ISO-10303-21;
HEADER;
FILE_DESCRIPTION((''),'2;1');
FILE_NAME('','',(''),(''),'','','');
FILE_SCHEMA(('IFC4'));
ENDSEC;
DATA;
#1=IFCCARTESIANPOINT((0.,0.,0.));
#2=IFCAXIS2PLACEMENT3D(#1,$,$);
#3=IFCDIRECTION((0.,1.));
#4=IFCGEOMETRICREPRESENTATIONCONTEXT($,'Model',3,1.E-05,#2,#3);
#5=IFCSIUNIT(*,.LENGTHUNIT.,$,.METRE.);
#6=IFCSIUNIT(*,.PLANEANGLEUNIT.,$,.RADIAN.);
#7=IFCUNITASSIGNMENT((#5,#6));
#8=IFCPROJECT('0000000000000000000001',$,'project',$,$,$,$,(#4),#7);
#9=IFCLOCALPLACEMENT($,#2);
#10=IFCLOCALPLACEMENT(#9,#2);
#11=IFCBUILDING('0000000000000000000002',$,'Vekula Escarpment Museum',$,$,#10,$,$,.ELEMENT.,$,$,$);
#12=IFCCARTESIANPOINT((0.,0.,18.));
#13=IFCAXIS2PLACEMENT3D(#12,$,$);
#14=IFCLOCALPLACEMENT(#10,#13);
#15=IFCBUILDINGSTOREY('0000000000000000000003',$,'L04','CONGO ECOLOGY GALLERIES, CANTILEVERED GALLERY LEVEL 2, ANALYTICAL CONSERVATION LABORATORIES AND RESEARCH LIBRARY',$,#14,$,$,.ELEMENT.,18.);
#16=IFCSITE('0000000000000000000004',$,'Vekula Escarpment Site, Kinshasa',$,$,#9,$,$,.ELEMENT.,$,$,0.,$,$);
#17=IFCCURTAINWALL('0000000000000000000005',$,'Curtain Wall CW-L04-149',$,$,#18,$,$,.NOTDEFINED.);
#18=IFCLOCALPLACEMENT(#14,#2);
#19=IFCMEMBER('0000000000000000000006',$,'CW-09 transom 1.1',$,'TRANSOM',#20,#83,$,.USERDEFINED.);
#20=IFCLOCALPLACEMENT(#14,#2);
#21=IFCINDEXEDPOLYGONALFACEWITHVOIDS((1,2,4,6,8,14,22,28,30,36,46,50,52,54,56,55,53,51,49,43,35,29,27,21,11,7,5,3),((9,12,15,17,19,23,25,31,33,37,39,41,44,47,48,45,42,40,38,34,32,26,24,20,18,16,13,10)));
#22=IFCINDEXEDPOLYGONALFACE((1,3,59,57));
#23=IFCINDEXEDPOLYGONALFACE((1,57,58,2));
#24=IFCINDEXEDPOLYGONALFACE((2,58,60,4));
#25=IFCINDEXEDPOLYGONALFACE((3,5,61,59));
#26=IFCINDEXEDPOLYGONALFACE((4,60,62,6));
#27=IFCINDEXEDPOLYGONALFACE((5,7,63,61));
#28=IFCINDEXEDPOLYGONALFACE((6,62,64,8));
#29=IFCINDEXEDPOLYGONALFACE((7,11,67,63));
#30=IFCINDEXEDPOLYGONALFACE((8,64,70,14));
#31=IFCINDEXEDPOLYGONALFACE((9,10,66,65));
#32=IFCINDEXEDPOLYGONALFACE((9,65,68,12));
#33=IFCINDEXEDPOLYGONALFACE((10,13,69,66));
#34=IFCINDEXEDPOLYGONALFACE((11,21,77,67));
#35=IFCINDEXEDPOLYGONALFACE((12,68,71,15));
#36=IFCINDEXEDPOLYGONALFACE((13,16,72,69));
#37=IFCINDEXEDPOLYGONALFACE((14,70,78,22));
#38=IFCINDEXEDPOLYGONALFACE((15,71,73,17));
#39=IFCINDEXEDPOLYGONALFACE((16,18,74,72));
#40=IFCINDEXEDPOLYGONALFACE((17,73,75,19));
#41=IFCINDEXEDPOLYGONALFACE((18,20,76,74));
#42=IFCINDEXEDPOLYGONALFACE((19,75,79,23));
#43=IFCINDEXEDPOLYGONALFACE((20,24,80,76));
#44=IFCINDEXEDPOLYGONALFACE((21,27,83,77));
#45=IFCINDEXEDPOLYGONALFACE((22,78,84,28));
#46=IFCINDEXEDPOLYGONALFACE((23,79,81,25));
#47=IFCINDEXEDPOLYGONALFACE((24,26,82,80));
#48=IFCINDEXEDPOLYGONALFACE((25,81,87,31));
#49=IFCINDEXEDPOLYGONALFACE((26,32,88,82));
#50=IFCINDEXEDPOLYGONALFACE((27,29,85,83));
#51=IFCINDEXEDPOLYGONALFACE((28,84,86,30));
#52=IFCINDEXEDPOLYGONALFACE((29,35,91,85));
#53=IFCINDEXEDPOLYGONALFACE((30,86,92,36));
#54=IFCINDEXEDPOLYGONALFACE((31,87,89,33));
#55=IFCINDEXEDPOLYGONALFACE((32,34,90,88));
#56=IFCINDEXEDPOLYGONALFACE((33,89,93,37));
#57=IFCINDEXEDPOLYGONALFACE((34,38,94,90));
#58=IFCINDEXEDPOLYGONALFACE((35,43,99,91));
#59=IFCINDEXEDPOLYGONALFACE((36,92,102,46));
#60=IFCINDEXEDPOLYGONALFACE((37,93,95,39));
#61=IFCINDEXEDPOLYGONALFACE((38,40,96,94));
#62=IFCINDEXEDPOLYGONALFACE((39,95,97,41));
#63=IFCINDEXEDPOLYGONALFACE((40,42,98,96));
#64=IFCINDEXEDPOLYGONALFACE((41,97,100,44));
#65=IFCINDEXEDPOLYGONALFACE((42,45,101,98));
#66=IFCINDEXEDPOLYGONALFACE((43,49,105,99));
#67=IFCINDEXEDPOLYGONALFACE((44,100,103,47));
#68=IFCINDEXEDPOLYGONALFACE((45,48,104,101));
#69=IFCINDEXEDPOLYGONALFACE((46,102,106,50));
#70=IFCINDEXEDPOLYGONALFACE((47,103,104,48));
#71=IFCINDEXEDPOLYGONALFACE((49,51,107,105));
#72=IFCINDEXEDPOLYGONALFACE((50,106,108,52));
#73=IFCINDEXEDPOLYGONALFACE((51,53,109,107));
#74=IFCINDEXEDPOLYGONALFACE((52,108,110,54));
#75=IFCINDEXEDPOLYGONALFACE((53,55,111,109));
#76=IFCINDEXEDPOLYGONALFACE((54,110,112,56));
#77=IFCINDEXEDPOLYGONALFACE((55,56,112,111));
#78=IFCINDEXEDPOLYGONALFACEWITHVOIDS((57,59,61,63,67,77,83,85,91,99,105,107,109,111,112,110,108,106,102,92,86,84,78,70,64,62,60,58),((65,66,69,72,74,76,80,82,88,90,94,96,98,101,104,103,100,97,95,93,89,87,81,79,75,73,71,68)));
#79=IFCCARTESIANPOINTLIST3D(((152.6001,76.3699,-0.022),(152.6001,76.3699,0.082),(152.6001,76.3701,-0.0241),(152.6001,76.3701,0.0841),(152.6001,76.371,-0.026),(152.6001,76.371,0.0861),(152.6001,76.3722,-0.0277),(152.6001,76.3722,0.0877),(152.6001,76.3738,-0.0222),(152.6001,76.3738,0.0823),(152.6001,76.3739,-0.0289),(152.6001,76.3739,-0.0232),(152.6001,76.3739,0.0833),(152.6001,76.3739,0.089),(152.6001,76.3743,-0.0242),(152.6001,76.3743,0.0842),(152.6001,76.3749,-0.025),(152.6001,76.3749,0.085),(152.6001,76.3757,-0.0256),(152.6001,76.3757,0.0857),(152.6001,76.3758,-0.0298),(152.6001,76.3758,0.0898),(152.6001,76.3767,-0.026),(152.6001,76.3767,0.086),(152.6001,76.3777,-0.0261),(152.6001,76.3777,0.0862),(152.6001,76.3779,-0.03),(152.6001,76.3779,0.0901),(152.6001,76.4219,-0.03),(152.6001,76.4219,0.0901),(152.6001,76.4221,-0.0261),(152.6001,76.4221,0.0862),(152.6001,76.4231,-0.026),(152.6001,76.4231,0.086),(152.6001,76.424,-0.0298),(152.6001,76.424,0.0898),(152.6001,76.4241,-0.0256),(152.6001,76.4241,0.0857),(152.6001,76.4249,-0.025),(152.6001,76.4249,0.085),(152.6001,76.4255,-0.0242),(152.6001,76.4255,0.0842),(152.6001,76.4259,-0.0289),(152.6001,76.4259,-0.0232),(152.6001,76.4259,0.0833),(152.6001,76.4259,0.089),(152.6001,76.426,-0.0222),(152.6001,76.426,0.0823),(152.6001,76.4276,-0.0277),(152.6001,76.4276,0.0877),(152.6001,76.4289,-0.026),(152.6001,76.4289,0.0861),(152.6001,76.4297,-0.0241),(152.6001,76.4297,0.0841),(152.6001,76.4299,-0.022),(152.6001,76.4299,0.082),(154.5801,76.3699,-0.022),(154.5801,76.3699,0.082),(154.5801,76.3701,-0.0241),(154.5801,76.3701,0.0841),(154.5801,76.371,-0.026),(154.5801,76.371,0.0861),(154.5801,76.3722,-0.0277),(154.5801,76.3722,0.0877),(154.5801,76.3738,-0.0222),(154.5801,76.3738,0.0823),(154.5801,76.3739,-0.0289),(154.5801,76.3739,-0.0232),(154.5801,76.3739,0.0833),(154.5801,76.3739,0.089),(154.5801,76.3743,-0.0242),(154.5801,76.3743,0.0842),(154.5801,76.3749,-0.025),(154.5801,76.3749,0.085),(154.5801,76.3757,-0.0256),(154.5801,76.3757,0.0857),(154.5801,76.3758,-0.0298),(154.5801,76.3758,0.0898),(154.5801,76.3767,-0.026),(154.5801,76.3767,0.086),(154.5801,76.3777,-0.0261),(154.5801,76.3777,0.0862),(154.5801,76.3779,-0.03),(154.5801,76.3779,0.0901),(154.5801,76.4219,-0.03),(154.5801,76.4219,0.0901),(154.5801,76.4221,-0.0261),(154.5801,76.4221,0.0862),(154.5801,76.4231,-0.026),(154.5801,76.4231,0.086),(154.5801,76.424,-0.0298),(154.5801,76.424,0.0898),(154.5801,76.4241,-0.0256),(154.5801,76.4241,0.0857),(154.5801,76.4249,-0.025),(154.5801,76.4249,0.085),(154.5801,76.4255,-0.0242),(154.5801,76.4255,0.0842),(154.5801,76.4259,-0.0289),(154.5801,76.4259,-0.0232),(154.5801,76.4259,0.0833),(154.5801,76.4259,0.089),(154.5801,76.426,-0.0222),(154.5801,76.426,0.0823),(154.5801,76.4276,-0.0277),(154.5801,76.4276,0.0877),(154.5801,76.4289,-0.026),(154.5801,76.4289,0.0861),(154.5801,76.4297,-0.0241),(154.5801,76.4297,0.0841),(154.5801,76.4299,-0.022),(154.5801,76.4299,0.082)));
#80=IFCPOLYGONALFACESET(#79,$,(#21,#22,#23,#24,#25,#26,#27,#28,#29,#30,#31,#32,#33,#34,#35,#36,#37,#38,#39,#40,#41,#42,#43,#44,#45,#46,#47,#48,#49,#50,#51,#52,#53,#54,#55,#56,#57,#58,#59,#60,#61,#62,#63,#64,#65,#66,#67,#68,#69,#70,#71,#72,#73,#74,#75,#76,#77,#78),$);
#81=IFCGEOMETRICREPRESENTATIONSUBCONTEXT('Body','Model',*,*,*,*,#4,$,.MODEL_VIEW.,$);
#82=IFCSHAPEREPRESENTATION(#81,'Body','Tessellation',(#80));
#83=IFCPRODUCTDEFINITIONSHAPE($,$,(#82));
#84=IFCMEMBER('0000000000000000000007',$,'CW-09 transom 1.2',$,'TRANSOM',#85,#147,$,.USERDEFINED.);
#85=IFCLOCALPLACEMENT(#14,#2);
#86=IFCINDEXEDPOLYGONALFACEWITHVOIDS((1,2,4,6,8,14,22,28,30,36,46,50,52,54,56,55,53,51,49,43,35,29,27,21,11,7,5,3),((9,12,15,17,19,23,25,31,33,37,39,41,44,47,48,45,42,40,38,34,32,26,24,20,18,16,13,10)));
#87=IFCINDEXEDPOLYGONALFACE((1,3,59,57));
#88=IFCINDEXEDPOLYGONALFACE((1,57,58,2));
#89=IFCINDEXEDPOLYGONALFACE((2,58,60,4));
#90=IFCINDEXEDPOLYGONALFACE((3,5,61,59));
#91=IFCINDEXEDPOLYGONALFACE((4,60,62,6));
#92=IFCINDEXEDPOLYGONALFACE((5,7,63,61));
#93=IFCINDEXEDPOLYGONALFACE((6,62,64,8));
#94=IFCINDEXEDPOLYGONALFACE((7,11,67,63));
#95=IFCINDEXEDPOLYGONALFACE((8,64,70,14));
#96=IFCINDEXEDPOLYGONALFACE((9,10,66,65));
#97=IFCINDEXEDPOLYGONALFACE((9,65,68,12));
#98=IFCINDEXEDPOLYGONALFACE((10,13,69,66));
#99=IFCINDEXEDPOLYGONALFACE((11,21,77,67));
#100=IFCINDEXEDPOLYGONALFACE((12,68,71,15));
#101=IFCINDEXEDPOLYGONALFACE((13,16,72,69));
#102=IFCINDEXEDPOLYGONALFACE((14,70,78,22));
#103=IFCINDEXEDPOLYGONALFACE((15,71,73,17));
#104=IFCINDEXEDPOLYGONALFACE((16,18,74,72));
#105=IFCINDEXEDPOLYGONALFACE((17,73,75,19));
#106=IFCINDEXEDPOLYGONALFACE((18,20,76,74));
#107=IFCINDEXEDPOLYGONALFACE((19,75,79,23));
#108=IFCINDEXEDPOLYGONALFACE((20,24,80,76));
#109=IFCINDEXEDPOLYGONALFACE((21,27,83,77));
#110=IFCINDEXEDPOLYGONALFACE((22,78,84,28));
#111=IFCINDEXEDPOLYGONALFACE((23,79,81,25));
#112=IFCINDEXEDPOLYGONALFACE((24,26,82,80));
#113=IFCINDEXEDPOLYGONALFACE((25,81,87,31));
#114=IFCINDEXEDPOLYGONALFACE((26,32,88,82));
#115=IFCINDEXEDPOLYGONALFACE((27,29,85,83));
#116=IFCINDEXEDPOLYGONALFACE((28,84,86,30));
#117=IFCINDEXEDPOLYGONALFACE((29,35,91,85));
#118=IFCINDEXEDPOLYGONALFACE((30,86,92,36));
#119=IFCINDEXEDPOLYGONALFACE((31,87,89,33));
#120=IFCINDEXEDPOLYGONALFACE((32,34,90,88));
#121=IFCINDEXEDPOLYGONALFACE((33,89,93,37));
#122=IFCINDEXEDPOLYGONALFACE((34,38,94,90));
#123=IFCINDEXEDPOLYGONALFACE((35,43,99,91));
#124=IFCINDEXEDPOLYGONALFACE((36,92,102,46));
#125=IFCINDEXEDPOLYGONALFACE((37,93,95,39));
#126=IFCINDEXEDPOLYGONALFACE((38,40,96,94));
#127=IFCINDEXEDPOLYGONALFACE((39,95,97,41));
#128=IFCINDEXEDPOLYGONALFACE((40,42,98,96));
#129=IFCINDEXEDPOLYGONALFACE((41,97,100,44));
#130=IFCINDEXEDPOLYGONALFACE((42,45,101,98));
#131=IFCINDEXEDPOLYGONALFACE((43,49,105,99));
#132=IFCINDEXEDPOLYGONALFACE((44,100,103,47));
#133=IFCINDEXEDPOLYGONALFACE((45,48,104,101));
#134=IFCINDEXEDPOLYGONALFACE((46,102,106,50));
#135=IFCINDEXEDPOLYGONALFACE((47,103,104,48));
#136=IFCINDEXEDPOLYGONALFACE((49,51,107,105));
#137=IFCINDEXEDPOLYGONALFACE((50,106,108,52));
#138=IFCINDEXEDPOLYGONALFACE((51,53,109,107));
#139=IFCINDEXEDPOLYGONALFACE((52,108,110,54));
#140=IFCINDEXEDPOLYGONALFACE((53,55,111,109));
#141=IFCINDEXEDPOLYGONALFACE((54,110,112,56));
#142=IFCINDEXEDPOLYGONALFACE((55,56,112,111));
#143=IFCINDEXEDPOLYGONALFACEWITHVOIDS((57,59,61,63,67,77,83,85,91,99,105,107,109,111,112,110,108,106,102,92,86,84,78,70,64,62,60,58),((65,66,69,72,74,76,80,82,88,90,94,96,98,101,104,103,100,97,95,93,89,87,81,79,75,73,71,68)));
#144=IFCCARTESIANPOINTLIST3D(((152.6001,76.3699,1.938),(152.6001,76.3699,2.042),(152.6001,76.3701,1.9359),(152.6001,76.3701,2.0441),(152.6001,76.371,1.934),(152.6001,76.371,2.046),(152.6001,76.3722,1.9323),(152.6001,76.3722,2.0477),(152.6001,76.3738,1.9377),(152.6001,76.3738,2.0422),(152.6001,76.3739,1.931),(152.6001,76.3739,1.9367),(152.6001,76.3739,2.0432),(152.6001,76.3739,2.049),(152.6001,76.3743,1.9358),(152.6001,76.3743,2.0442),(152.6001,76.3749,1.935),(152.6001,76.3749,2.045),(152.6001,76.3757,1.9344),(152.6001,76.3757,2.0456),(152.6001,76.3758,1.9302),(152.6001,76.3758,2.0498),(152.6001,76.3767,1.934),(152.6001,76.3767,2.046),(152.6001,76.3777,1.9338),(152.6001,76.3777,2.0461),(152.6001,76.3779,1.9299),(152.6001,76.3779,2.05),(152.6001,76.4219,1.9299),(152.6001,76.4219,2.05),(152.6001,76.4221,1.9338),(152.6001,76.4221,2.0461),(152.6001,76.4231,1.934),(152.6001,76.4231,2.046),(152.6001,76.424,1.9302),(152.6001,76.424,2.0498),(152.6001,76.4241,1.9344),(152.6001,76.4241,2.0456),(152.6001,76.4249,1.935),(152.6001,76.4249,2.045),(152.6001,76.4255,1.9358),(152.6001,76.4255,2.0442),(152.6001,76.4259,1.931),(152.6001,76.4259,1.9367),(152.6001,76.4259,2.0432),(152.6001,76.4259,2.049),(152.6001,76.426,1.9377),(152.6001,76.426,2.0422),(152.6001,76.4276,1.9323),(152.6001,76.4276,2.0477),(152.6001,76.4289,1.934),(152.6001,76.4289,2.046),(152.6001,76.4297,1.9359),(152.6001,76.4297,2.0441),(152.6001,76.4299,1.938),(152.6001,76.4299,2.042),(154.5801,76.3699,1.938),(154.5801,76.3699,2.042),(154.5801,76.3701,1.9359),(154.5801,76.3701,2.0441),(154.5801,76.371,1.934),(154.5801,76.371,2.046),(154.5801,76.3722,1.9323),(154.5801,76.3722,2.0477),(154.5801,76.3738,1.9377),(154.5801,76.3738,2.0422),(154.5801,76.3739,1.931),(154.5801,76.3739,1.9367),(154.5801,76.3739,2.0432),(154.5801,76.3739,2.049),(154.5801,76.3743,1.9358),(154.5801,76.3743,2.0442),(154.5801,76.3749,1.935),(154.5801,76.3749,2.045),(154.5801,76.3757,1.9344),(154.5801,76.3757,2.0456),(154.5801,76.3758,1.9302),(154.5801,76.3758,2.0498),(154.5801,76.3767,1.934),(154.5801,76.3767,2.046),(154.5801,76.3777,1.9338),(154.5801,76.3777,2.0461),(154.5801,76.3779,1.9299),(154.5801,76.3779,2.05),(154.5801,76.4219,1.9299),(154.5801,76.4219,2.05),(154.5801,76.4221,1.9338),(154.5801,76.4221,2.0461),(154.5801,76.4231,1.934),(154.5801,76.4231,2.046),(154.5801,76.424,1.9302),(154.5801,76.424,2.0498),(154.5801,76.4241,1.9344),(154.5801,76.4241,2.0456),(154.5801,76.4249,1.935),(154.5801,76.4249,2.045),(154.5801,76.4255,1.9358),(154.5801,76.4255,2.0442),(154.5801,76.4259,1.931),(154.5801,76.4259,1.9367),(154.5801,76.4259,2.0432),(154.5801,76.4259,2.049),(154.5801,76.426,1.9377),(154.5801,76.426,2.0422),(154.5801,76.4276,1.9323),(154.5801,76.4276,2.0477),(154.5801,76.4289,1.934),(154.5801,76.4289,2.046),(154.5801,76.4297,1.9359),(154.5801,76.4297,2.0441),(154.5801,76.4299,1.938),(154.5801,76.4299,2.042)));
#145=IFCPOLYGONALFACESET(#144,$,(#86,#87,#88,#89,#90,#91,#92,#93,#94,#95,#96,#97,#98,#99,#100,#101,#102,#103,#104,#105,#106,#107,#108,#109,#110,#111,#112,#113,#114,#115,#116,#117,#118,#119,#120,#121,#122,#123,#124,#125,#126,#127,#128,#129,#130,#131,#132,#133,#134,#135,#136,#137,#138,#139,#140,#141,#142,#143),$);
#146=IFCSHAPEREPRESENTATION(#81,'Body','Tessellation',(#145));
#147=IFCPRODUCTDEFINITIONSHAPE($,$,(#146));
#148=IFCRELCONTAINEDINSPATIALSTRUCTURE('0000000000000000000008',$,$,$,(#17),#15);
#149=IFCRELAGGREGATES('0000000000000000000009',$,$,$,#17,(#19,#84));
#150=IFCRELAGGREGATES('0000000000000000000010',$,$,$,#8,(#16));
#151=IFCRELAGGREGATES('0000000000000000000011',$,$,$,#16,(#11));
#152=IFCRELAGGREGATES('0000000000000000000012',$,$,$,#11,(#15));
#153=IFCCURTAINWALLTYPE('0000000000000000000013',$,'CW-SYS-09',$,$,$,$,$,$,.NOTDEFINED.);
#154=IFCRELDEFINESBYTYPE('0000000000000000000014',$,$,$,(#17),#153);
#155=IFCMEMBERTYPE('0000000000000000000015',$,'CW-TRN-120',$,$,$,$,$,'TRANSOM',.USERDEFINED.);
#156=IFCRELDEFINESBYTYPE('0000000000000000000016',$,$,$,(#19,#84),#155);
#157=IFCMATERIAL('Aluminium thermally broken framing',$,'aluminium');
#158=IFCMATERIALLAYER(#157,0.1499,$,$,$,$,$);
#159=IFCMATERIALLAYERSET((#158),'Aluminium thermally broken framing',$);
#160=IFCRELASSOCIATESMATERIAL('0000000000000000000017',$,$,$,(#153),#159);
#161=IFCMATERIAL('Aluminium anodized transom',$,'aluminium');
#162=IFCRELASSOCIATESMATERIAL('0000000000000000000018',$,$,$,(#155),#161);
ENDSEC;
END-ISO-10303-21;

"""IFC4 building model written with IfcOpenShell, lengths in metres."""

from ifc_helpers import new_model, si_unit, direction, frame, origin, origin_2d, place, context, subcontext, project, spatial, hollow_rectangle, extrude, material, layer, layer_set, material_profile, profile_set, type_object, element, aggregate, save


model = new_model("IFC4")

# Units and contexts
model_context = context("Model", 3, precision=1e-05, world=origin(), true_north=direction((0.0, 1.0)))
body_context = subcontext(model_context, "Body", "Model", "MODEL_VIEW")
ifc_project = project(units=[si_unit("LENGTHUNIT", "METRE"), si_unit("PLANEANGLEUNIT", "RADIAN")], contexts=[model_context])

# Site, building, storey
site_placement = place(None, origin())
site = spatial("IfcSite", under=ifc_project, at=site_placement, Name="Vekula Escarpment Site, Kinshasa", CompositionType="ELEMENT", RefElevation=0.0)
building_placement = place(site_placement, origin())
building = spatial("IfcBuilding", under=site, at=building_placement, Name="Vekula Escarpment Museum", CompositionType="ELEMENT")
storey_placement = place(building_placement, frame((0.0, 0.0, 18.0)))
storey = spatial("IfcBuildingStorey", under=building, at=storey_placement, Name="L04", Description="CONGO ECOLOGY GALLERIES, CANTILEVERED GALLERY LEVEL 2, ANALYTICAL CONSERVATION LABORATORIES AND RESEARCH LIBRARY", CompositionType="ELEMENT", Elevation=18.0)

# Curtain wall
ifc_material_1 = material(Name="Aluminium thermally broken framing", Category="aluminium")
ifc_layer_1 = layer(ifc_material_1, 0.1499)
ifc_layer_set_1 = layer_set([ifc_layer_1], Name="Aluminium thermally broken framing")
curtain_wall_type_1 = type_object("IfcCurtainWallType", Name="CW-SYS-09", PredefinedType="NOTDEFINED", material=ifc_layer_set_1)
curtain_wall_1_placement = place(storey_placement, origin())
curtain_wall_1 = element("IfcCurtainWall", 1, at=curtain_wall_1_placement, inside=storey, type_object=curtain_wall_type_1, Name="Curtain Wall CW-L04-149", PredefinedType="NOTDEFINED")

# Members
ifc_material_2 = material(Name="Aluminium anodized transom", Category="aluminium")
ifc_material_profile_1 = material_profile(ifc_material_2, hollow_rectangle(XDim=0.0601, YDim=0.1201, WallThickness=0.0039, InnerFilletRadius=0.0039, OuterFilletRadius=0.0081, at=origin_2d()), Name="ALU 120x60x4")
ifc_profile_set_1 = profile_set([ifc_material_profile_1], Name="Aluminium anodized transom")
member_type_1 = type_object("IfcMemberType", Name="CW-TRN-120", ElementType="TRANSOM", PredefinedType="USERDEFINED", material=ifc_profile_set_1)
member_1_placement = place(storey_placement, frame((154.5801, 76.3999, 0.03), z_axis=(-1.0, 0.0, 0.0), x_axis=(0.0, -1.0, 0.0)))
member_1 = element("IfcMember", 2, at=member_1_placement, type_object=member_type_1, Name="CW-09 transom 1.1", ObjectType="TRANSOM", PredefinedType="USERDEFINED", context=body_context, shape_type="SweptSolid", body=[
    extrude(hollow_rectangle(XDim=0.0601, YDim=0.1201, WallThickness=0.0039, InnerFilletRadius=0.0039, OuterFilletRadius=0.0081, at=origin_2d()), origin(), (0.0, 0.0, 1.0), 1.98),
])
member_2_placement = place(storey_placement, frame((154.5801, 76.3999, 1.99), z_axis=(-1.0, 0.0, 0.0), x_axis=(0.0, -1.0, 0.0)))
member_2 = element("IfcMember", 3, at=member_2_placement, type_object=member_type_1, Name="CW-09 transom 1.2", ObjectType="TRANSOM", PredefinedType="USERDEFINED", context=body_context, shape_type="SweptSolid", body=[
    extrude(hollow_rectangle(XDim=0.0601, YDim=0.1201, WallThickness=0.0039, InnerFilletRadius=0.0039, OuterFilletRadius=0.0081, at=origin_2d()), origin(), (0.0, 0.0, 1.0), 1.98),
])

aggregate(curtain_wall_1, [member_1, member_2])

save(model, "model.ifc")
